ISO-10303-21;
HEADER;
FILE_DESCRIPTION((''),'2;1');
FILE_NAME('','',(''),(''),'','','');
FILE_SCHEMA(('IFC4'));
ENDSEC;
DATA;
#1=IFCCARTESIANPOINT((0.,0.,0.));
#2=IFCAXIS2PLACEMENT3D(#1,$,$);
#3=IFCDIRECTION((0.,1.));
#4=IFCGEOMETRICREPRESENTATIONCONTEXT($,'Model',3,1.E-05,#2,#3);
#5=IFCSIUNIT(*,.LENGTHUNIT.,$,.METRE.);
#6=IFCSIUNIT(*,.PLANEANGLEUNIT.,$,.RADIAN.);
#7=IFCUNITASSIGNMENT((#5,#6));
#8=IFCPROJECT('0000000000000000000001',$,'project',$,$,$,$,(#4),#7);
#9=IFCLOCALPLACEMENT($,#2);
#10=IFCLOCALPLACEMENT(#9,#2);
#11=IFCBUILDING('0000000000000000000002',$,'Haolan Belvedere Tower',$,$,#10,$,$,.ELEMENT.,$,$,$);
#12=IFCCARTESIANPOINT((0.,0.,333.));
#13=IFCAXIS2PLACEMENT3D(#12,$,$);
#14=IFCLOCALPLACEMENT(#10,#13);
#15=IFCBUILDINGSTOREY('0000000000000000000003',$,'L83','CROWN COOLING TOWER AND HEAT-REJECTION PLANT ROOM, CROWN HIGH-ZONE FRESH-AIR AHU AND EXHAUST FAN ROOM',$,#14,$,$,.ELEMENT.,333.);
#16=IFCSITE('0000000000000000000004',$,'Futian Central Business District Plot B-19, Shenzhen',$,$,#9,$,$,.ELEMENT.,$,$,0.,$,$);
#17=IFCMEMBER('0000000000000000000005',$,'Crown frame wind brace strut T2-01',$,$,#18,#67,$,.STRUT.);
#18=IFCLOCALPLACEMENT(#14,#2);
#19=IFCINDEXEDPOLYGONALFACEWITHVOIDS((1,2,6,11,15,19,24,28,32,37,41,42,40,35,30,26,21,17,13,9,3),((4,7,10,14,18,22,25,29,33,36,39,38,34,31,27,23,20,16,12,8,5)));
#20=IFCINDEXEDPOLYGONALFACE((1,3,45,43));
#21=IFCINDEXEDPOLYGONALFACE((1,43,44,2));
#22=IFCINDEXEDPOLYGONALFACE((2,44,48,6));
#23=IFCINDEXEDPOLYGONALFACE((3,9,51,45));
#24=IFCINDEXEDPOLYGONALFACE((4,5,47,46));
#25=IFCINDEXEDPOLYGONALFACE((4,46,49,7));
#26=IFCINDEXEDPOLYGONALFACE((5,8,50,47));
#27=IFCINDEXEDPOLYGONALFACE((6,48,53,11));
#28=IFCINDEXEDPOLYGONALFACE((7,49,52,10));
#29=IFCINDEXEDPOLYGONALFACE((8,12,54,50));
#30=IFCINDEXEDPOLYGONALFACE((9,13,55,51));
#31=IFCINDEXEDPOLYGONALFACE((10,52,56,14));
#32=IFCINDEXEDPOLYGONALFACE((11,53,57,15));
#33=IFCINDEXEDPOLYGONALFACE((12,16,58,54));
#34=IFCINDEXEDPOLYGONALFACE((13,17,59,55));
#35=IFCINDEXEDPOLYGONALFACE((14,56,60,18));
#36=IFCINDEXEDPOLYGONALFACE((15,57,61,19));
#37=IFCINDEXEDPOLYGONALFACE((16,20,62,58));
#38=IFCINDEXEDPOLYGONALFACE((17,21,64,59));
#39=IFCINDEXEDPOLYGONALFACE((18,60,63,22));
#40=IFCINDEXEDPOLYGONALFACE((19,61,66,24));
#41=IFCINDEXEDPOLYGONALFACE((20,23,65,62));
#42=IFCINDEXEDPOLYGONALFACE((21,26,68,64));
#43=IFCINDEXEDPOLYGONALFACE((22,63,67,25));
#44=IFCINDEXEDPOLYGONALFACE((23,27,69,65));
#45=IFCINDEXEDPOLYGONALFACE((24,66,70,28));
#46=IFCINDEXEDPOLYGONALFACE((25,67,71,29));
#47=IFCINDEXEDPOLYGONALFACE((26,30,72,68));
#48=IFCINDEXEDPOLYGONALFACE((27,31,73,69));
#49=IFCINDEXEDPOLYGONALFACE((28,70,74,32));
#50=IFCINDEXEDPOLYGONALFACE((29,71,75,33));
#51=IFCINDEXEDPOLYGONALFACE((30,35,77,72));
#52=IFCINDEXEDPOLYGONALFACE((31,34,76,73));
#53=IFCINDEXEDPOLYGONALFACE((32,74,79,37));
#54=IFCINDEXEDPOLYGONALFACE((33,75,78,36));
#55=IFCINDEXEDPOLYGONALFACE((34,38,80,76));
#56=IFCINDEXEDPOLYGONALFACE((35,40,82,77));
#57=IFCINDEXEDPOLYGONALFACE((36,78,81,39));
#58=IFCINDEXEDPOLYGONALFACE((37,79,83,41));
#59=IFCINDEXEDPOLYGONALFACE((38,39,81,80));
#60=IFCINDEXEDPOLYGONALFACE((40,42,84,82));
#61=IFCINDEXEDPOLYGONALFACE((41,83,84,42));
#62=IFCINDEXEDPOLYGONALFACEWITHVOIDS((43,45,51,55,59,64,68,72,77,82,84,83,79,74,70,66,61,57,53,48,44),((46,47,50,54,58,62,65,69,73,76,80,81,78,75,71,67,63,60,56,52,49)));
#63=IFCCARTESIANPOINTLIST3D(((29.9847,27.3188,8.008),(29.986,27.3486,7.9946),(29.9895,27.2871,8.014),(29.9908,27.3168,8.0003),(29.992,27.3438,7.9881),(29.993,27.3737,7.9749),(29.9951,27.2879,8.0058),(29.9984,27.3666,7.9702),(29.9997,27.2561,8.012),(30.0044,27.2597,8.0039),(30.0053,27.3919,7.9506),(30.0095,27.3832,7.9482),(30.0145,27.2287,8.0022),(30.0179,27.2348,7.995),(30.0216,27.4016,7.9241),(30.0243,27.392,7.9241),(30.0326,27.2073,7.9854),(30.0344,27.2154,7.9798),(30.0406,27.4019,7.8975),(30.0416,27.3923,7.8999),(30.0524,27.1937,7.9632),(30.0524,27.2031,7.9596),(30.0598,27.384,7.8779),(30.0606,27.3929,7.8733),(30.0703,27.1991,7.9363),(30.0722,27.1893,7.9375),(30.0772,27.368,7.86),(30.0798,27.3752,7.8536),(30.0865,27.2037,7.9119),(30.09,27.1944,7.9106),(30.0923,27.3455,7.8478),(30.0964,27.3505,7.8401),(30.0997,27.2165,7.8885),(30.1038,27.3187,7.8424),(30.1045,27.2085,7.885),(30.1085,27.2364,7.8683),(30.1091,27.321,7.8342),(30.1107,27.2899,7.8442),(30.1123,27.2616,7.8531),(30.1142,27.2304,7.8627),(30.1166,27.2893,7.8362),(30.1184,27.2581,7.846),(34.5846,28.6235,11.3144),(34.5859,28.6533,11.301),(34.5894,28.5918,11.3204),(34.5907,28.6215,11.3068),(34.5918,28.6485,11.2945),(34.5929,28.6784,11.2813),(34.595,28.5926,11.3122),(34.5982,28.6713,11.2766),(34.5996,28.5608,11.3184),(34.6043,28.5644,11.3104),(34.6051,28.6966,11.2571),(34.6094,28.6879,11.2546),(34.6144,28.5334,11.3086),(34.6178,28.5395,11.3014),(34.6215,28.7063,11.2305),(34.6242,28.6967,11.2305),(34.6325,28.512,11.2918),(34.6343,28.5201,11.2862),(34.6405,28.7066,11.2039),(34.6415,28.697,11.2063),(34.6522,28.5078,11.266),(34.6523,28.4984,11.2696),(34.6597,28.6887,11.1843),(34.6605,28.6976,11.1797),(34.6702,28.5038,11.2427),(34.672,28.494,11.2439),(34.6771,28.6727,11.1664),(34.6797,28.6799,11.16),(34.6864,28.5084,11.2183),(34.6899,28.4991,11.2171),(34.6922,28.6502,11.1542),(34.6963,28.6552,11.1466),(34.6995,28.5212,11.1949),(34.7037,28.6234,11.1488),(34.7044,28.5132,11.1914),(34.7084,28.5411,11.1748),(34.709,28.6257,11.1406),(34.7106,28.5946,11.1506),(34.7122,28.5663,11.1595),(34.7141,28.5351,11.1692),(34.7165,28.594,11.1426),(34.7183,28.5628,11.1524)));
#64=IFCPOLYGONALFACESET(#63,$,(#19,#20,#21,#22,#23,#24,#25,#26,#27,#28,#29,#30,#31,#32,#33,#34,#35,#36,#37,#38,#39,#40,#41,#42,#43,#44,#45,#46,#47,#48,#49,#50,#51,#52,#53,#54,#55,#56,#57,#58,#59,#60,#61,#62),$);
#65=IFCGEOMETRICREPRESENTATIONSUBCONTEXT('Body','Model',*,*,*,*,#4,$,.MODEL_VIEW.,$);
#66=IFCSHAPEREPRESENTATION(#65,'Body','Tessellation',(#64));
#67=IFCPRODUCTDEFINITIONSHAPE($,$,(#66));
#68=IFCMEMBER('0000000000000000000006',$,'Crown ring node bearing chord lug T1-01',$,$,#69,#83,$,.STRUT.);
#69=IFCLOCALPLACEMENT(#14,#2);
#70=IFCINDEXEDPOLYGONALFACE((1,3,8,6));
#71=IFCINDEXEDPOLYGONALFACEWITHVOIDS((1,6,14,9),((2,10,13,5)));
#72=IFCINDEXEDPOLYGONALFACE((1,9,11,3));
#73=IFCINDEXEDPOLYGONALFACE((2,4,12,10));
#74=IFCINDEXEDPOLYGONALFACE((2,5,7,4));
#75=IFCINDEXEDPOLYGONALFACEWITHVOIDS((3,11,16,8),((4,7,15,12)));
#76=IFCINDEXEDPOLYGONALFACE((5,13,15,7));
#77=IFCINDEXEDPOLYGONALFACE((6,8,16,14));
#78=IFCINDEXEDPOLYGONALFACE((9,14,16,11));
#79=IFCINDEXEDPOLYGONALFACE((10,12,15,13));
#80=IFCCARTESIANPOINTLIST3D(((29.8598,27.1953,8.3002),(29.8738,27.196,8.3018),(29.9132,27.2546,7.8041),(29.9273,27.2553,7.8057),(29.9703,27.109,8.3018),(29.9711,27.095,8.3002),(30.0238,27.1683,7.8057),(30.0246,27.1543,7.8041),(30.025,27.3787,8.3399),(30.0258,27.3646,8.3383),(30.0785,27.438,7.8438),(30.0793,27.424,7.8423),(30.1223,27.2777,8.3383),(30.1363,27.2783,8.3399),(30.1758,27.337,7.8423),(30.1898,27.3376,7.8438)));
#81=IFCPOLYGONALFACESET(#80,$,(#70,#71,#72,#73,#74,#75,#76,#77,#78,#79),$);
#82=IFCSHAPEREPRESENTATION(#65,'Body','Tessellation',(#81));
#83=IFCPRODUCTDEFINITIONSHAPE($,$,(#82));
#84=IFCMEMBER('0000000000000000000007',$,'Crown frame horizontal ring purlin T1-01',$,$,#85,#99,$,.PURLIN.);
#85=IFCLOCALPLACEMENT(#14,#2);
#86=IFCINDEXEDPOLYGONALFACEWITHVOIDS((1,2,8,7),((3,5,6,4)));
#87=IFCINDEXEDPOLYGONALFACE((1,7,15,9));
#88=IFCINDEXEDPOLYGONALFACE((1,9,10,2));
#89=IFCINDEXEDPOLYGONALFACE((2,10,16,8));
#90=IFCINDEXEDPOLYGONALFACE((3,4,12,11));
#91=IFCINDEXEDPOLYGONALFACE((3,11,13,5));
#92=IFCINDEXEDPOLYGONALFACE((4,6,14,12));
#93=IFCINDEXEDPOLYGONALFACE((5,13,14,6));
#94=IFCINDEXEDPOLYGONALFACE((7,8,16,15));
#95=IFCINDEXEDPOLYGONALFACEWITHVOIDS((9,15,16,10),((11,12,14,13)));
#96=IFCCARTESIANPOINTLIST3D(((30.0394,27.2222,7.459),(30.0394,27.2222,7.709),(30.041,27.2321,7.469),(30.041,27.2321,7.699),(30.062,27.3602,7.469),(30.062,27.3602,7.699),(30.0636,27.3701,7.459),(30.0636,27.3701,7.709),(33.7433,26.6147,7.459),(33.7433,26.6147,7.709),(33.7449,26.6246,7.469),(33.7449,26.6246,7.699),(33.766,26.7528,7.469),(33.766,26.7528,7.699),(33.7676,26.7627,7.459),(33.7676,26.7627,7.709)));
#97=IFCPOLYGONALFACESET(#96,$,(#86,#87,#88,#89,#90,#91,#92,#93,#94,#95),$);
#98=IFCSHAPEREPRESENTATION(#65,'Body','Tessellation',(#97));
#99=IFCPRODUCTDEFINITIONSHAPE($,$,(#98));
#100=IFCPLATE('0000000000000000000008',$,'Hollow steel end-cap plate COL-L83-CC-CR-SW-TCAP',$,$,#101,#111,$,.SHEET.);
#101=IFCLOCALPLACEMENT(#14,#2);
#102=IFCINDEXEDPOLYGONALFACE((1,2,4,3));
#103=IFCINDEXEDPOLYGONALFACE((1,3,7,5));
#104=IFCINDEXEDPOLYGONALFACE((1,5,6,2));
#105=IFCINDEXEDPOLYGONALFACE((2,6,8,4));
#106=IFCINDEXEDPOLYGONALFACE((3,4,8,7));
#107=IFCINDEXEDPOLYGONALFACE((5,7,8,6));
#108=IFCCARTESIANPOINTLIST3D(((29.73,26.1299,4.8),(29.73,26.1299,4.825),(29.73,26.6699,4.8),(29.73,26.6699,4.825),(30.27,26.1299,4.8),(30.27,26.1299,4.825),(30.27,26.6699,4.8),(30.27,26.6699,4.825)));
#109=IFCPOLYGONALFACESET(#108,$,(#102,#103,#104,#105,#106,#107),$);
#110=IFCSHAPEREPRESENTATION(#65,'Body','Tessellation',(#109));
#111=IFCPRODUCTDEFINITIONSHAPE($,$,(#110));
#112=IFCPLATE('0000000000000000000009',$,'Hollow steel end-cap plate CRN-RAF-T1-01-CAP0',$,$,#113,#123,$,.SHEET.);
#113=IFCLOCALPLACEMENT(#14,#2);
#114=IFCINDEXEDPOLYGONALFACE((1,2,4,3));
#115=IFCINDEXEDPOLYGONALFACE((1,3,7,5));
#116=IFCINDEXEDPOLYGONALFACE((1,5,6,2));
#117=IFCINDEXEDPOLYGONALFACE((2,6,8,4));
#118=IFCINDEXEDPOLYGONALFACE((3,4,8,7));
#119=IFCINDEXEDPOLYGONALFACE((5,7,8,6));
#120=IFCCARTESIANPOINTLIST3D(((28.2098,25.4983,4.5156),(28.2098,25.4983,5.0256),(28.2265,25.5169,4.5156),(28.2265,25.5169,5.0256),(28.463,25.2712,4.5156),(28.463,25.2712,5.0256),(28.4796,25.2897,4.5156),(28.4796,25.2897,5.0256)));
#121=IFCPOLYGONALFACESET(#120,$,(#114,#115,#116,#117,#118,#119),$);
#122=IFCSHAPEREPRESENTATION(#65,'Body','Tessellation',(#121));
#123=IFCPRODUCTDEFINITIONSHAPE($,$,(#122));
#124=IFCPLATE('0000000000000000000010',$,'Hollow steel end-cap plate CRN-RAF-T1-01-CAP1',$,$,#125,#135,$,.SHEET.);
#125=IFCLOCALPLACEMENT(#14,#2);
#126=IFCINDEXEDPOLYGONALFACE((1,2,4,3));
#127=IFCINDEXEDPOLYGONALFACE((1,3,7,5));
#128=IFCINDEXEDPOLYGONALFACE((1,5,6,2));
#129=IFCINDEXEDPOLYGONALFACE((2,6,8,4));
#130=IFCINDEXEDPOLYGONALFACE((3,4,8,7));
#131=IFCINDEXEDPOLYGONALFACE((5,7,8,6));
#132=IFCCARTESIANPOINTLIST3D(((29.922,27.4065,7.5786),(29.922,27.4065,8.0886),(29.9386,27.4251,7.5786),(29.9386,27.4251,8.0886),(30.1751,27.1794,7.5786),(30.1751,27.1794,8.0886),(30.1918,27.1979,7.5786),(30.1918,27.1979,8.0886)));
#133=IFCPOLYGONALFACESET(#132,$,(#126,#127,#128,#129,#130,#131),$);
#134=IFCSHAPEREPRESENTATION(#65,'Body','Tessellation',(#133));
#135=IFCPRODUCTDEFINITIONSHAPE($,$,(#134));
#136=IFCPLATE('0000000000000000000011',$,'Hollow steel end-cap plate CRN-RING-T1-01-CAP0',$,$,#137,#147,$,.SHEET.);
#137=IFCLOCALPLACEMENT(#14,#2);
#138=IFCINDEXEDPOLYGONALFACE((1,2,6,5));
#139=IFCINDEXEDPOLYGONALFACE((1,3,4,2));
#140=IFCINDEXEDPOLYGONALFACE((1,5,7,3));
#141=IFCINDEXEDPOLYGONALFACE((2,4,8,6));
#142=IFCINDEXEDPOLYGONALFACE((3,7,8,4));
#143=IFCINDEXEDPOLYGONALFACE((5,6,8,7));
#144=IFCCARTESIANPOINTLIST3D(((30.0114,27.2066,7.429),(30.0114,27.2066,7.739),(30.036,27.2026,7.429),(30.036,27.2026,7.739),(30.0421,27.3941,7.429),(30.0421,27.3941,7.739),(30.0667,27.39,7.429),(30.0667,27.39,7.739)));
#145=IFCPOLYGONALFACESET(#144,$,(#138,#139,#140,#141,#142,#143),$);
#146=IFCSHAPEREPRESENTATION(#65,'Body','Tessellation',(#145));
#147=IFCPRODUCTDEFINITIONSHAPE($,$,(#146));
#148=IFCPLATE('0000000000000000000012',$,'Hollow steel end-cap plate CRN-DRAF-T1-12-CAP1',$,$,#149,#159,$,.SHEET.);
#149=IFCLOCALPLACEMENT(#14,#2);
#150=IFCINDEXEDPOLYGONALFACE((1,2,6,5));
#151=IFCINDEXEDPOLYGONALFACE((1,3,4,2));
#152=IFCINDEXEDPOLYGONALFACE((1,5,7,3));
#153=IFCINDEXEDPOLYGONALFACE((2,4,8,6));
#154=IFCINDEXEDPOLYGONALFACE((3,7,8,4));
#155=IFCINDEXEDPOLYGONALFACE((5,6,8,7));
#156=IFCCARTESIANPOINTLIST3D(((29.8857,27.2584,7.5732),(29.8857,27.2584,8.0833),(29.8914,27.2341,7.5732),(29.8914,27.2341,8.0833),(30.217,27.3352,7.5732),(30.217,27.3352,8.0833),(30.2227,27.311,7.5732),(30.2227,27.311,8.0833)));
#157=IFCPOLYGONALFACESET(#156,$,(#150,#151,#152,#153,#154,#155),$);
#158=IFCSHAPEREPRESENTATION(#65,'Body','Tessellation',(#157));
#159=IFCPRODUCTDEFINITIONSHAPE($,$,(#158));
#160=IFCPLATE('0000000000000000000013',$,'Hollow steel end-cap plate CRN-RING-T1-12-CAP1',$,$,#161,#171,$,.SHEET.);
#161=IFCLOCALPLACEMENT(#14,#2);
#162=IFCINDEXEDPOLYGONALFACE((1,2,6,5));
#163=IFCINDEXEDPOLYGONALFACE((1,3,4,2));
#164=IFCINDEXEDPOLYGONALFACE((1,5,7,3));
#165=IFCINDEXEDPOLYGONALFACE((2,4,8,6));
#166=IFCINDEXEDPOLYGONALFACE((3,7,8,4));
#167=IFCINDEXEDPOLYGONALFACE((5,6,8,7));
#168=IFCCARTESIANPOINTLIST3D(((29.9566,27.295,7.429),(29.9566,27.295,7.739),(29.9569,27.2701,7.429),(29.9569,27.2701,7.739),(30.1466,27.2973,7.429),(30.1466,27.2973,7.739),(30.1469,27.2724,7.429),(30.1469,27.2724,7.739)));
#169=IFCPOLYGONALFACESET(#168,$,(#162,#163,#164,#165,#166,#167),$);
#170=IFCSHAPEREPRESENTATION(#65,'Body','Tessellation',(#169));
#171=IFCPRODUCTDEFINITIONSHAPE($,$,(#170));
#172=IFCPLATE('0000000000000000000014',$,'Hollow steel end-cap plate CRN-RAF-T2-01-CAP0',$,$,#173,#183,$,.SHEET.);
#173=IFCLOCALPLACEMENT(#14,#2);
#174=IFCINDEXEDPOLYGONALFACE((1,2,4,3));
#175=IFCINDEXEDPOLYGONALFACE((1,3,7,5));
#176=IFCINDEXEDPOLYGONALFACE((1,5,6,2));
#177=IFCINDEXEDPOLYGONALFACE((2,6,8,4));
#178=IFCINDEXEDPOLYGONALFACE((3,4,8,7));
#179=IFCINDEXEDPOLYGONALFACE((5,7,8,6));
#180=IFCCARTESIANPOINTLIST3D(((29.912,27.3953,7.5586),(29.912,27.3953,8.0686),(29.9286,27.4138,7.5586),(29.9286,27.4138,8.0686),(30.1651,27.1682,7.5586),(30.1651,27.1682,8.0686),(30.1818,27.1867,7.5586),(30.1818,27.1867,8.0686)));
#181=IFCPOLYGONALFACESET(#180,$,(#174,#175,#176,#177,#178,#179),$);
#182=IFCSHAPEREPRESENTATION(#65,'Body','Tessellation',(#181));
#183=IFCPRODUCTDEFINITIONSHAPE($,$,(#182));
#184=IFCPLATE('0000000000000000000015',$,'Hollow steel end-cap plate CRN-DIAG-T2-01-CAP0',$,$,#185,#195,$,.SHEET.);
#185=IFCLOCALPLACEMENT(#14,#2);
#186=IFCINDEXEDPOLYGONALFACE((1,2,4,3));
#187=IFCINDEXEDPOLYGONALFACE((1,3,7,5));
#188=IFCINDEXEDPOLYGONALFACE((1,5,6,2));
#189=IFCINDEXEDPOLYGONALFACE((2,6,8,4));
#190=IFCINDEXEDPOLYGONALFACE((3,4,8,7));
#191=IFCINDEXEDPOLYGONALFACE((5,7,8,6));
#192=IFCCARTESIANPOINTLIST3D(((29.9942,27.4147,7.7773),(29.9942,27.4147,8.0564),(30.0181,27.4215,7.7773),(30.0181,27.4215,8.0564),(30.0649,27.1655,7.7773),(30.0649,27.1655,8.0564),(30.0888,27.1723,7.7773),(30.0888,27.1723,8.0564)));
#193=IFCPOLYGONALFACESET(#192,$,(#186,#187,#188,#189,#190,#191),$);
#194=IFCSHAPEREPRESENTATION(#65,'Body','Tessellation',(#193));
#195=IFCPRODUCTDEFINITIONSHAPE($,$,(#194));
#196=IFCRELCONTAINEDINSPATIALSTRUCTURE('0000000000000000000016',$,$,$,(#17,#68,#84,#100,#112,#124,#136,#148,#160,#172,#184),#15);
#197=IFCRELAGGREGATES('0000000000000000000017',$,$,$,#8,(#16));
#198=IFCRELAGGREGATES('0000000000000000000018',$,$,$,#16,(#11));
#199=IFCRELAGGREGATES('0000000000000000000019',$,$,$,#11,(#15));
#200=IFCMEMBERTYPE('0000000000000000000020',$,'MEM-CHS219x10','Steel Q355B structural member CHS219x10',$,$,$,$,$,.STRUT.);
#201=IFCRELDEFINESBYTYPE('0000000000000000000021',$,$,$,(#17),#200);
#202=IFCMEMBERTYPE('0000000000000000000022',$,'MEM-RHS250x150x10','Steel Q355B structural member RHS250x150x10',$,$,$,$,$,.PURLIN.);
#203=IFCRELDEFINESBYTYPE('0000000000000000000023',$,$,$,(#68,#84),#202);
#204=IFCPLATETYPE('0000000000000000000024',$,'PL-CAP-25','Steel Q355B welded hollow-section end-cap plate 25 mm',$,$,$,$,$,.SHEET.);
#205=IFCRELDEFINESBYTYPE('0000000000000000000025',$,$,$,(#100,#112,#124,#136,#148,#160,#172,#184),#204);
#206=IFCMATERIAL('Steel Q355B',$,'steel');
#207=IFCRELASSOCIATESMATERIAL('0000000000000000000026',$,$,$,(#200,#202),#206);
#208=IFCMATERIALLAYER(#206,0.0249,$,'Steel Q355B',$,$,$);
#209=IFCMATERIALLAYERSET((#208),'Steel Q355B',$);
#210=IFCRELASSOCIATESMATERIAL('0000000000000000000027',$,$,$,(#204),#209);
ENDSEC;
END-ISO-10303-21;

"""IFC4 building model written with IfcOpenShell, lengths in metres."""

from ifc_helpers import new_model, si_unit, direction, frame, origin, origin_2d, place, context, subcontext, project, spatial, rectangle, hollow_rectangle, hollow_circle, extrude, material, layer, layer_set, material_profile, profile_set, type_object, element, save


model = new_model("IFC4")

# Units and contexts
model_context = context("Model", 3, precision=1e-05, world=origin(), true_north=direction((0.0, 1.0)))
body_context = subcontext(model_context, "Body", "Model", "MODEL_VIEW")
ifc_project = project(units=[si_unit("LENGTHUNIT", "METRE"), si_unit("PLANEANGLEUNIT", "RADIAN")], contexts=[model_context])

# Site, building, storey
site_placement = place(None, origin())
site = spatial("IfcSite", under=ifc_project, at=site_placement, Name="Futian Central Business District Plot B-19, Shenzhen", CompositionType="ELEMENT", RefElevation=0.0)
building_placement = place(site_placement, origin())
building = spatial("IfcBuilding", under=site, at=building_placement, Name="Haolan Belvedere Tower", CompositionType="ELEMENT")
storey_placement = place(building_placement, frame((0.0, 0.0, 333.0)))
storey = spatial("IfcBuildingStorey", under=building, at=storey_placement, Name="L83", Description="CROWN COOLING TOWER AND HEAT-REJECTION PLANT ROOM, CROWN HIGH-ZONE FRESH-AIR AHU AND EXHAUST FAN ROOM", CompositionType="ELEMENT", Elevation=333.0)

# Members
ifc_material_1 = material(Name="Steel Q355B", Category="steel")
ifc_material_profile_1 = material_profile(ifc_material_1, hollow_circle(Radius=0.1096, WallThickness=0.01, at=origin_2d()), Name="Steel Q355B")
ifc_profile_set_1 = profile_set([ifc_material_profile_1], Name="Steel Q355B")
member_type_1 = type_object("IfcMemberType", Name="MEM-CHS219x10", Description="Steel Q355B structural member CHS219x10", PredefinedType="STRUT", material=ifc_profile_set_1)
member_1_placement = place(storey_placement, frame((30.0515, 27.2961, 7.9241), z_axis=(0.791279, 0.224436, 0.568775), x_axis=(-0.272873, 0.96205, 0.0)))
element("IfcMember", 1, at=member_1_placement, inside=storey, type_object=member_type_1, Name="Crown frame wind brace strut T2-01", PredefinedType="STRUT", context=body_context, shape_type="SweptSolid", body=[
    extrude(hollow_circle(Radius=0.1096, WallThickness=0.01, at=origin_2d()), origin(), (0.0, 0.0, 1.0), 5.8132),
])
ifc_material_profile_2 = material_profile(ifc_material_1, hollow_rectangle(XDim=0.1499, YDim=0.25, WallThickness=0.01, at=origin_2d()), Name="Steel Q355B")
ifc_profile_set_2 = profile_set([ifc_material_profile_2], Name="Steel Q355B")
member_type_2 = type_object("IfcMemberType", Name="MEM-RHS250x150x10", Description="Steel Q355B structural member RHS250x150x10", PredefinedType="PURLIN", material=ifc_profile_set_2)
member_2_placement = place(storey_placement, frame((30.0515, 27.2961, 7.824), z_axis=(-0.106406, -0.118066, 0.987288), x_axis=(0.742838, -0.669471, 0.0)))
element("IfcMember", 2, at=member_2_placement, inside=storey, type_object=member_type_2, Name="Crown ring node bearing chord lug T1-01", PredefinedType="STRUT", context=body_context, shape_type="SweptSolid", body=[
    extrude(hollow_rectangle(XDim=0.1499, YDim=0.25, WallThickness=0.01, at=origin_2d()), origin(), (0.0, 0.0, 1.0), 0.5024),
])
member_3_placement = place(storey_placement, frame((30.0515, 27.2961, 7.584), z_axis=(0.986818, -0.161835, 0.0), x_axis=(0.161835, 0.986818, 0.0)))
element("IfcMember", 3, at=member_3_placement, inside=storey, type_object=member_type_2, Name="Crown frame horizontal ring purlin T1-01", PredefinedType="PURLIN", context=body_context, shape_type="SweptSolid", body=[
    extrude(hollow_rectangle(XDim=0.1499, YDim=0.25, WallThickness=0.01, at=origin_2d()), origin(), (0.0, 0.0, 1.0), 3.7534),
])

# Plates
ifc_layer_1 = layer(ifc_material_1, 0.0249, Name="Steel Q355B")
ifc_layer_set_1 = layer_set([ifc_layer_1], Name="Steel Q355B")
plate_type_1 = type_object("IfcPlateType", Name="PL-CAP-25", Description="Steel Q355B welded hollow-section end-cap plate 25 mm", PredefinedType="SHEET", material=ifc_layer_set_1)
plate_1_placement = place(storey_placement, frame((30.0, 26.3999, 4.8), z_axis=(0.0, 0.0, 1.0), x_axis=(1.0, 0.0, 0.0)))
element("IfcPlate", 4, at=plate_1_placement, inside=storey, type_object=plate_type_1, Name="Hollow steel end-cap plate COL-L83-CC-CR-SW-TCAP", PredefinedType="SHEET", context=body_context, shape_type="SweptSolid", body=[
    extrude(rectangle(XDim=0.54, YDim=0.54, at=origin_2d()), origin(), (0.0, 0.0, 1.0), 0.0249),
])
for number, where, z_axis, x_axis, name in (
    (5, (28.3447, 25.394, 4.5156), (0.0, 0.0, 1.0), (0.744288, -0.667859, 0.0), "Hollow steel end-cap plate CRN-RAF-T1-01-CAP0"),
    (6, (30.0569, 27.3022, 7.5786), (0.0, 0.0, 1.0), (-0.744288, 0.667859, 0.0), "Hollow steel end-cap plate CRN-RAF-T1-01-CAP1"),
):
    element("IfcPlate", number, at=place(storey_placement, frame(where, z_axis=z_axis, x_axis=x_axis)), inside=storey, type_object=plate_type_1, Name=name, PredefinedType="SHEET", context=body_context, shape_type="SweptSolid", body=[
        extrude(rectangle(XDim=0.3401, YDim=0.0249, at=origin_2d()), origin(), (0.0, 0.0, 1.0), 0.51),
    ])
plate_2_placement = place(storey_placement, frame((30.0391, 27.2983, 7.429), z_axis=(0.0, 0.0, 1.0), x_axis=(-0.161828, -0.986819, 0.0)))
element("IfcPlate", 7, at=plate_2_placement, inside=storey, type_object=plate_type_1, Name="Hollow steel end-cap plate CRN-RING-T1-01-CAP0", PredefinedType="SHEET", context=body_context, shape_type="SweptSolid", body=[
    extrude(rectangle(XDim=0.1899, YDim=0.0249, at=origin_2d()), origin(), (0.0, 0.0, 1.0), 0.3101),
])
plate_3_placement = place(storey_placement, frame((30.0542, 27.2847, 7.5732), z_axis=(0.0, 0.0, 1.0), x_axis=(0.974122, 0.226022, 0.0)))
element("IfcPlate", 8, at=plate_3_placement, inside=storey, type_object=plate_type_1, Name="Hollow steel end-cap plate CRN-DRAF-T1-12-CAP1", PredefinedType="SHEET", context=body_context, shape_type="SweptSolid", body=[
    extrude(rectangle(XDim=0.3401, YDim=0.0249, at=origin_2d()), origin(), (0.0, 0.0, 1.0), 0.51),
])
plate_4_placement = place(storey_placement, frame((30.0518, 27.2837, 7.429), z_axis=(0.0, 0.0, 1.0), x_axis=(0.999923, 0.012409, 0.0)))
element("IfcPlate", 9, at=plate_4_placement, inside=storey, type_object=plate_type_1, Name="Hollow steel end-cap plate CRN-RING-T1-12-CAP1", PredefinedType="SHEET", context=body_context, shape_type="SweptSolid", body=[
    extrude(rectangle(XDim=0.1899, YDim=0.0249, at=origin_2d()), origin(), (0.0, 0.0, 1.0), 0.3101),
])
plate_5_placement = place(storey_placement, frame((30.0469, 27.291, 7.5586), z_axis=(0.0, 0.0, 1.0), x_axis=(0.744288, -0.667859, 0.0)))
element("IfcPlate", 10, at=plate_5_placement, inside=storey, type_object=plate_type_1, Name="Hollow steel end-cap plate CRN-RAF-T2-01-CAP0", PredefinedType="SHEET", context=body_context, shape_type="SweptSolid", body=[
    extrude(rectangle(XDim=0.3401, YDim=0.0249, at=origin_2d()), origin(), (0.0, 0.0, 1.0), 0.51),
])
plate_6_placement = place(storey_placement, frame((30.0415, 27.2935, 7.7773), z_axis=(0.0, 0.0, 1.0), x_axis=(0.272851, -0.962056, 0.0)))
element("IfcPlate", 11, at=plate_6_placement, inside=storey, type_object=plate_type_1, Name="Hollow steel end-cap plate CRN-DIAG-T2-01-CAP0", PredefinedType="SHEET", context=body_context, shape_type="SweptSolid", body=[
    extrude(rectangle(XDim=0.259, YDim=0.0249, at=origin_2d()), origin(), (0.0, 0.0, 1.0), 0.2791),
])

save(model, "model.ifc")
